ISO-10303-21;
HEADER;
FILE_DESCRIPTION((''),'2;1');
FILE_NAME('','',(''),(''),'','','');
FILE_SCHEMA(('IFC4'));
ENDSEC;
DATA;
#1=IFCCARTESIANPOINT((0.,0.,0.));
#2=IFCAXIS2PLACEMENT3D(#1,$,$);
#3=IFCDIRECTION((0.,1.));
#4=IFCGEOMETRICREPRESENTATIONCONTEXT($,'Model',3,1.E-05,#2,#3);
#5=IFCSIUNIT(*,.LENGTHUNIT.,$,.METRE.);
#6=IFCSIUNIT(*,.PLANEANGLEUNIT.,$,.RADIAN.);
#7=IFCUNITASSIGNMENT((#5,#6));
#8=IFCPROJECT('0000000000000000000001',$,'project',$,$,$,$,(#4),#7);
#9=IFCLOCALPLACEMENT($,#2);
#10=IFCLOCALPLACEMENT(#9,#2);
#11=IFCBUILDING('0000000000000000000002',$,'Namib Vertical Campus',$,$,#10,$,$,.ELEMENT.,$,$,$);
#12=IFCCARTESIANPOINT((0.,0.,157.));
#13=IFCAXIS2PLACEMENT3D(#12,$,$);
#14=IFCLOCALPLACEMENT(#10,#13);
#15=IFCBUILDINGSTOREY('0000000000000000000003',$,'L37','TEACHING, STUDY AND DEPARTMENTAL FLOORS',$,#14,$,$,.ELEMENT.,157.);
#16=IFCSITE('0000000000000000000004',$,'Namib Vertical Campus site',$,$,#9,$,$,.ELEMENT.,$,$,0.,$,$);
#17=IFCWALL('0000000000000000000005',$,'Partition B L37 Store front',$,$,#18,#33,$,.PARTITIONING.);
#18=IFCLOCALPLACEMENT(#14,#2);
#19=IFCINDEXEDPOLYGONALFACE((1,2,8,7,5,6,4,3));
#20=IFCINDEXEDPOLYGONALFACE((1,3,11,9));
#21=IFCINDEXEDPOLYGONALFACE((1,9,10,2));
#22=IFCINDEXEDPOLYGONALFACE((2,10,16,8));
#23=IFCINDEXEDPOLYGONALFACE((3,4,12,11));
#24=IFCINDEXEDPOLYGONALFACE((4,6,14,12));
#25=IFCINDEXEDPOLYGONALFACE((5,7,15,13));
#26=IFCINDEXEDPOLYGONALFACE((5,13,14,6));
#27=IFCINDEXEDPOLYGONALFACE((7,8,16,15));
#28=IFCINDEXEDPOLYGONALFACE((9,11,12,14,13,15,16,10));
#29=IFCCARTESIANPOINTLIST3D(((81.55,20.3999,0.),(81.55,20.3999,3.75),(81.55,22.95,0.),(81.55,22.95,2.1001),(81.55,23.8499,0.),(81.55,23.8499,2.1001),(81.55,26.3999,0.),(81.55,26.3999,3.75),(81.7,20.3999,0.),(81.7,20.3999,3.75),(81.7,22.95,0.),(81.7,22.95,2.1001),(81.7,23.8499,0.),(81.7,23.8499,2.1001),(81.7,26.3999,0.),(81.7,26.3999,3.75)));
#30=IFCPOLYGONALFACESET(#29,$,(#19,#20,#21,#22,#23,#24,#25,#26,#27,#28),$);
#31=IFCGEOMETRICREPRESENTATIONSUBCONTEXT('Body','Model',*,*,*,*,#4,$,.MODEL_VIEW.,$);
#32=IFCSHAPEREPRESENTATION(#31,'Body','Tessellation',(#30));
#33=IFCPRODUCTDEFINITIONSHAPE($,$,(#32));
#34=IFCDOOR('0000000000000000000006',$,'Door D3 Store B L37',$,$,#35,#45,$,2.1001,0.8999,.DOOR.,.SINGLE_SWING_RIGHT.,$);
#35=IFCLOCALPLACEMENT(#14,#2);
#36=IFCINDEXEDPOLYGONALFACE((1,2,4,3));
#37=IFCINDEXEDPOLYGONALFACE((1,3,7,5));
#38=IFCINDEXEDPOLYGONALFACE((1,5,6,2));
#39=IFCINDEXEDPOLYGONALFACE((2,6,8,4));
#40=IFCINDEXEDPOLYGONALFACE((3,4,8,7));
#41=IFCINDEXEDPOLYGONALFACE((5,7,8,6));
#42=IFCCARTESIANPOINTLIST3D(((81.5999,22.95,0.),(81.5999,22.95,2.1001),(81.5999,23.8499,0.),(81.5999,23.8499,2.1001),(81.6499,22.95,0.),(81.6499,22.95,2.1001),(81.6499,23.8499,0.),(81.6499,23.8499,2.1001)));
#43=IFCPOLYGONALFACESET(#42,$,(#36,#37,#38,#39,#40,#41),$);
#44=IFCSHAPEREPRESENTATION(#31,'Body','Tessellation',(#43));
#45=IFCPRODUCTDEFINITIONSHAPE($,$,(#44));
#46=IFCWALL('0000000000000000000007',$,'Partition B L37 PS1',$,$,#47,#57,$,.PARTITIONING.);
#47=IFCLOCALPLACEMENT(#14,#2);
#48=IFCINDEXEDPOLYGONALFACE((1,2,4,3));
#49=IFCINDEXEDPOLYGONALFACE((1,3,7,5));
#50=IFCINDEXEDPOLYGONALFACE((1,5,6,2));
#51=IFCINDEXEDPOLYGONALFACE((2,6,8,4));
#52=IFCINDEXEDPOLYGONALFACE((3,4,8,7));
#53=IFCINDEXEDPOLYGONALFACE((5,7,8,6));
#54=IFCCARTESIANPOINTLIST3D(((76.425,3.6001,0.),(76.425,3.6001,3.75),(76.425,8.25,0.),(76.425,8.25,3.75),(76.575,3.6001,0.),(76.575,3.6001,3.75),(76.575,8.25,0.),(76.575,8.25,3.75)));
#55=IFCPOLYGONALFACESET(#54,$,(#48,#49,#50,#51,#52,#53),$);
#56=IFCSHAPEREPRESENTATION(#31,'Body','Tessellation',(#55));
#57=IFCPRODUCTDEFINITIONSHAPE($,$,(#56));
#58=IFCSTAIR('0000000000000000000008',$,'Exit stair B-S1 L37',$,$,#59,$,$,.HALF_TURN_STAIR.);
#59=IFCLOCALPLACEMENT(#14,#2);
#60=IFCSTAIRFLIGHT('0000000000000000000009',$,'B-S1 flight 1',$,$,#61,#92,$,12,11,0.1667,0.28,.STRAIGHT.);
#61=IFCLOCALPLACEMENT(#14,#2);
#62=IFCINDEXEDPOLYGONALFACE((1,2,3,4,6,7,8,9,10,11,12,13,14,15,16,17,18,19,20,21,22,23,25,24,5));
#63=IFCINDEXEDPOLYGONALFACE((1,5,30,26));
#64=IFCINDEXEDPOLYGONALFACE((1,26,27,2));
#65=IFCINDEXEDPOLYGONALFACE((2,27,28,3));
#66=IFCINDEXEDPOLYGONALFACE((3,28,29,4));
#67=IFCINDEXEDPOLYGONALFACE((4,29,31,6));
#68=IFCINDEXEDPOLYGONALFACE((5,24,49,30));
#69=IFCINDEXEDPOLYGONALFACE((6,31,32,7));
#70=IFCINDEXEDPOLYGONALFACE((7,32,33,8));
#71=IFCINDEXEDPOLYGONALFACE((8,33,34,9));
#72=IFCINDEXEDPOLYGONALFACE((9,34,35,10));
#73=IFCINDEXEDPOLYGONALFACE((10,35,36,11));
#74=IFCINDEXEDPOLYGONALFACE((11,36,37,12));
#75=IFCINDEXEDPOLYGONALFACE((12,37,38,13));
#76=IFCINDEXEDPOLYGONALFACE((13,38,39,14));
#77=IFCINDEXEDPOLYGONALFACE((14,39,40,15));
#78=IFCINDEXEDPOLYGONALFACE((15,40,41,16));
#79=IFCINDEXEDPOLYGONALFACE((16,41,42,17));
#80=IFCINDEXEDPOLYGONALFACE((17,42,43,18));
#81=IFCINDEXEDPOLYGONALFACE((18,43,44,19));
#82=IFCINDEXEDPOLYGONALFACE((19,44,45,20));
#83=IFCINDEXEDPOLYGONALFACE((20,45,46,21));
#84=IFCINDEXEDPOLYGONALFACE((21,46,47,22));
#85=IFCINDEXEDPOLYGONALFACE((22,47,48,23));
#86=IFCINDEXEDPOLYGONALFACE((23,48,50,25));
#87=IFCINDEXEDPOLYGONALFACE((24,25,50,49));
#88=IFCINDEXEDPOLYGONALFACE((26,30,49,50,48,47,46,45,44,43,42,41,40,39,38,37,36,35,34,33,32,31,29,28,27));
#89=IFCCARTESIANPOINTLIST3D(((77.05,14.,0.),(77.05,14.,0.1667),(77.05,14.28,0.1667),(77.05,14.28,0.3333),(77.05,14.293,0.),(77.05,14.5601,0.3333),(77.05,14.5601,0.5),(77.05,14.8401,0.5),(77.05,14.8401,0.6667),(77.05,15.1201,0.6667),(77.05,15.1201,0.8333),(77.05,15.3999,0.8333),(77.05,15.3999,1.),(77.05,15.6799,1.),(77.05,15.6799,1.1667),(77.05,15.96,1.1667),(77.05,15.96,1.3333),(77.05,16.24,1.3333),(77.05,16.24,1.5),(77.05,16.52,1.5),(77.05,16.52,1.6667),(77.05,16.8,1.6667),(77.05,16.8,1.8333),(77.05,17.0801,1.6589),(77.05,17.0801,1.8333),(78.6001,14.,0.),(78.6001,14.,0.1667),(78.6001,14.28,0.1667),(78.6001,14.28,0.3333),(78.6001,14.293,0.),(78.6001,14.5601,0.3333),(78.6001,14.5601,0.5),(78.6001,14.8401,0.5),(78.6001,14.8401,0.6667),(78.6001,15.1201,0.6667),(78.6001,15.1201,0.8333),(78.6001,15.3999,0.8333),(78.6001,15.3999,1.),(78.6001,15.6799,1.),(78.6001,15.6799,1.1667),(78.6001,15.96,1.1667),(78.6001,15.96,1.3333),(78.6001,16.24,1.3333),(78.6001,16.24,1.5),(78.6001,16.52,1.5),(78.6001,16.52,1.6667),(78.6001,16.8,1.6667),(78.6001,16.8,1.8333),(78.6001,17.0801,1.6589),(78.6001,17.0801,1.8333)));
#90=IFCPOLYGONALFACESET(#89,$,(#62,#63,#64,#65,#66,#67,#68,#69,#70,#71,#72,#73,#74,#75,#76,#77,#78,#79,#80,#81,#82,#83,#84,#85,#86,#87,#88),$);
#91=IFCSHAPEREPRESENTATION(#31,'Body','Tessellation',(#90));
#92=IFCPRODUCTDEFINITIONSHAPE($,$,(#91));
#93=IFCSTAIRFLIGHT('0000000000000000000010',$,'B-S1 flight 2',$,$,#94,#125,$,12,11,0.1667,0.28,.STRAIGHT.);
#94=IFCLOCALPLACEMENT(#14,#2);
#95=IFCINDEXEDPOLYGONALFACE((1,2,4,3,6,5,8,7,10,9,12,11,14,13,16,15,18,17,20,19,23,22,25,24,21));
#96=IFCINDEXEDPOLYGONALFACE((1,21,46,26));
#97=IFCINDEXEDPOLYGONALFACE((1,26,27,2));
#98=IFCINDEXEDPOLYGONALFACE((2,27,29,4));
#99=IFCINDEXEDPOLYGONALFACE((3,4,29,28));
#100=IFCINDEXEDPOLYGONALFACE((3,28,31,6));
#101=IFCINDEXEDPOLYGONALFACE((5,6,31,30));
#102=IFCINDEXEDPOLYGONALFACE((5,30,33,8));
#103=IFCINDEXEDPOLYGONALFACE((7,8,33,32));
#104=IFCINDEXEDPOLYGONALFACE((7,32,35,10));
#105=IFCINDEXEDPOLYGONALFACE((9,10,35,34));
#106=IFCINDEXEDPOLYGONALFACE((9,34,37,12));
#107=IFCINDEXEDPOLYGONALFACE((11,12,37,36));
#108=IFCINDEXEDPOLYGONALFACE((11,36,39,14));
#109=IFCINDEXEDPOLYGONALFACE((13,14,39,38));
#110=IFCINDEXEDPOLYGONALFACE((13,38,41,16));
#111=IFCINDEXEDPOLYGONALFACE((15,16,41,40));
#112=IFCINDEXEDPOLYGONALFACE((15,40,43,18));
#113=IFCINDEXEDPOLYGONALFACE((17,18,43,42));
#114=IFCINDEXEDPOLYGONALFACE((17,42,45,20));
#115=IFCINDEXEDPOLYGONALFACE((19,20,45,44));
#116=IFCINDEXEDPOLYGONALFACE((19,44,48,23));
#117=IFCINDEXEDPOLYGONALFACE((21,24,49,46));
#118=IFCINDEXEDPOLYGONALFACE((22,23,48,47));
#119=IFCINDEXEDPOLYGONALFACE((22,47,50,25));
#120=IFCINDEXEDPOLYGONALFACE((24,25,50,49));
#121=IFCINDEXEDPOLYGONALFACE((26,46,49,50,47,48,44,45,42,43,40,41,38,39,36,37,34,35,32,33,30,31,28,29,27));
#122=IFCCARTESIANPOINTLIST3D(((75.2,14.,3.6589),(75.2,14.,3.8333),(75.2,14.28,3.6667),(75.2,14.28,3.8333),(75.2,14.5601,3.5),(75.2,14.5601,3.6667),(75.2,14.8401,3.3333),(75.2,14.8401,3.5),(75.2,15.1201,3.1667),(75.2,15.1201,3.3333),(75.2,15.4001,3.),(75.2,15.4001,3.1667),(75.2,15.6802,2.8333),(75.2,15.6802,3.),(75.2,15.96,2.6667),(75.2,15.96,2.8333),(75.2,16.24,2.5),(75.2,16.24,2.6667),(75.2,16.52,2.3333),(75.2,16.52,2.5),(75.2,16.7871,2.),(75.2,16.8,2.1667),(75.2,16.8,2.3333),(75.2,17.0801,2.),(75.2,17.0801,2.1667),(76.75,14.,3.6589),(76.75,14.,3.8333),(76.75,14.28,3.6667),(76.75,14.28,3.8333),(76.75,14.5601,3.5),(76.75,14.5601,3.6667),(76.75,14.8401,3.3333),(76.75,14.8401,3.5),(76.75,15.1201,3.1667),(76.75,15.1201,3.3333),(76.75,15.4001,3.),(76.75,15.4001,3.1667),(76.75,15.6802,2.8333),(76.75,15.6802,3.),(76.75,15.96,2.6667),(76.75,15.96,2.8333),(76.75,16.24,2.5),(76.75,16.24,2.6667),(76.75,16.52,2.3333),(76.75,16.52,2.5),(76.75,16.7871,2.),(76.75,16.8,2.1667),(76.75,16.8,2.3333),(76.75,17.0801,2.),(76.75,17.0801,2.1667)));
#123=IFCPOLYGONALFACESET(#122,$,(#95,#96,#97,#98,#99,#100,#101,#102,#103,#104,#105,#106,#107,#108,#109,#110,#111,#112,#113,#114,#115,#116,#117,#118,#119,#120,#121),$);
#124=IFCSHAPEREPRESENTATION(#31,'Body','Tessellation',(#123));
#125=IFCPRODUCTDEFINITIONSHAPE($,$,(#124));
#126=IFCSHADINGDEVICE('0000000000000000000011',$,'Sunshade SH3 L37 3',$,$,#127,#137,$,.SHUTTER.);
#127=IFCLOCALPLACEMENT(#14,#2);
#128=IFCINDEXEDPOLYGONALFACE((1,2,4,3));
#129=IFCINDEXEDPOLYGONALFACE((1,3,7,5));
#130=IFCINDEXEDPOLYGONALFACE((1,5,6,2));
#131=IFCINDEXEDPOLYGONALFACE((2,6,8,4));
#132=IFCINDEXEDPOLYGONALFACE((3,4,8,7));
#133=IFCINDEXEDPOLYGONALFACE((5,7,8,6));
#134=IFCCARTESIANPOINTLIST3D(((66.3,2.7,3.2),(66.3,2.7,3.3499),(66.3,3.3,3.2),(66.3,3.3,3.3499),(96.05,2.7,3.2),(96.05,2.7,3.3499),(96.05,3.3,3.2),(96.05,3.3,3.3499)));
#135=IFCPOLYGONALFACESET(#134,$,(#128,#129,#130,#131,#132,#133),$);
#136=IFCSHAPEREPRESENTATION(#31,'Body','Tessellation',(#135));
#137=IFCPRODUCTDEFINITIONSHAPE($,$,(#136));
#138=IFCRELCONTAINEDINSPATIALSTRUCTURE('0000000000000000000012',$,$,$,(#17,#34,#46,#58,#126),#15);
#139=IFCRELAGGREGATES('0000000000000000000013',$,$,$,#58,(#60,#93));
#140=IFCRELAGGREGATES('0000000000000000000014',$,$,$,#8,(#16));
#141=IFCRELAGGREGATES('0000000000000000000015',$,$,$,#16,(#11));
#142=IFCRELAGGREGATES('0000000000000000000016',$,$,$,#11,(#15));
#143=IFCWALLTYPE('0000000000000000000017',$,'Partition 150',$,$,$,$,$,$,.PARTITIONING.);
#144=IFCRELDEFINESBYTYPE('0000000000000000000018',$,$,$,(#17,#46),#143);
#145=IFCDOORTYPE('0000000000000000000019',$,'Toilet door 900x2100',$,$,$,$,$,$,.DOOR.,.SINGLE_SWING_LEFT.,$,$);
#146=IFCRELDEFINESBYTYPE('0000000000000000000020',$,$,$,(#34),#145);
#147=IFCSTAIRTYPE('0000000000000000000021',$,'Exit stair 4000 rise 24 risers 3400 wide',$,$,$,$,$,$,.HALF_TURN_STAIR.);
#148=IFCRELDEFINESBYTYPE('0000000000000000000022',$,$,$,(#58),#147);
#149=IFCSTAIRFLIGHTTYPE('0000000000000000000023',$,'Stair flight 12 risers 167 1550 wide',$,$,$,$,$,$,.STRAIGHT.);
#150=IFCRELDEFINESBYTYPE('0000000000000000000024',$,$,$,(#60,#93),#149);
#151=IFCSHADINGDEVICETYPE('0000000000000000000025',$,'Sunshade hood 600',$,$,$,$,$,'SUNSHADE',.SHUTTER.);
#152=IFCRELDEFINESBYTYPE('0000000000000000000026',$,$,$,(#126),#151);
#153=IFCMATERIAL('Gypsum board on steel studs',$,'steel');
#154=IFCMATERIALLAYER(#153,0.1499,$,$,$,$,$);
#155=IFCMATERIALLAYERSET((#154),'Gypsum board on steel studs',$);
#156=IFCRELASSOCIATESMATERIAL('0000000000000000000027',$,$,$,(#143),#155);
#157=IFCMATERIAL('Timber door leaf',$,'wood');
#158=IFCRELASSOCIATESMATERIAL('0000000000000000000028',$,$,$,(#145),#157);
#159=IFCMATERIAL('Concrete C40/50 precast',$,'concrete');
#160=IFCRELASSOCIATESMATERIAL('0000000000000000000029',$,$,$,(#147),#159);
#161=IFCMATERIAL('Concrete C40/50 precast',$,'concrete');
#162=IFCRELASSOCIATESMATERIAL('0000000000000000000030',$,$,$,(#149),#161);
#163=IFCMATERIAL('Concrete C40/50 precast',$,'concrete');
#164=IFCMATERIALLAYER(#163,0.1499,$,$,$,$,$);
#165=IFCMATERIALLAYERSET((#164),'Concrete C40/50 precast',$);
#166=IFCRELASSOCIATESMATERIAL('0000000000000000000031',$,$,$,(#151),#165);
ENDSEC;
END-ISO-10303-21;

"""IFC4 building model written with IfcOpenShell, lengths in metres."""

from ifc_helpers import new_model, si_unit, direction, frame, frame_2d, origin, origin_2d, place, context, subcontext, project, spatial, polyline, rectangle, outline, extrude, material, layer, layer_set, type_object, element, fill, aggregate, save


model = new_model("IFC4")

# Units and contexts
model_context = context("Model", 3, precision=1e-05, world=origin(), true_north=direction((0.0, 1.0)))
body_context = subcontext(model_context, "Body", "Model", "MODEL_VIEW")
ifc_project = project(units=[si_unit("LENGTHUNIT", "METRE"), si_unit("PLANEANGLEUNIT", "RADIAN")], contexts=[model_context])

# Site, building, storey
site_placement = place(None, origin())
site = spatial("IfcSite", under=ifc_project, at=site_placement, Name="Namib Vertical Campus site", CompositionType="ELEMENT", RefElevation=0.0)
building_placement = place(site_placement, origin())
building = spatial("IfcBuilding", under=site, at=building_placement, Name="Namib Vertical Campus", CompositionType="ELEMENT")
storey_placement = place(building_placement, frame((0.0, 0.0, 157.0)))
storey = spatial("IfcBuildingStorey", under=building, at=storey_placement, Name="L37", Description="TEACHING, STUDY AND DEPARTMENTAL FLOORS", CompositionType="ELEMENT", Elevation=157.0)

# Wall, opening, door
ifc_material_1 = material(Name="Gypsum board on steel studs", Category="steel")
ifc_layer_1 = layer(ifc_material_1, 0.1499)
ifc_layer_set_1 = layer_set([ifc_layer_1], Name="Gypsum board on steel studs")
wall_type_1 = type_object("IfcWallType", Name="Partition 150", PredefinedType="PARTITIONING", material=ifc_layer_set_1)
wall_1_placement = place(storey_placement, frame((81.625, 20.3999, 0.0), z_axis=(0.0, 0.0, 1.0), x_axis=(0.0, 1.0, 0.0)))
wall_1 = element("IfcWall", 1, at=wall_1_placement, inside=storey, type_object=wall_type_1, Name="Partition B L37 Store front", PredefinedType="PARTITIONING", context=body_context, shape_type="SweptSolid", body=[
    extrude(rectangle(XDim=6.0, YDim=0.1499, at=frame_2d((3.0, 0.0))), origin(), (0.0, 0.0, 1.0), 3.75),
])
opening_1_placement = place(wall_1_placement, frame((2.55, 0.0, 0.0)))
opening_1 = element("IfcOpeningElement", 2, at=opening_1_placement, cuts=wall_1, PredefinedType="OPENING", context=body_context, shape_type="SweptSolid", body=[
    extrude(rectangle(XDim=0.8999, YDim=2.1001, at=frame_2d((0.45, 1.05))), frame((0.0, 0.085, 0.0), z_axis=(0.0, -1.0, 0.0), x_axis=(1.0, 0.0, 0.0)), (0.0, 0.0, 1.0), 0.1699),
])
ifc_material_2 = material(Name="Timber door leaf", Category="wood")
door_type_1 = type_object("IfcDoorType", Name="Toilet door 900x2100", OperationType="SINGLE_SWING_LEFT", PredefinedType="DOOR", material=ifc_material_2)
door_1_placement = place(opening_1_placement, frame((0.8999, 0.0, 0.0), z_axis=(0.0, 0.0, 1.0), x_axis=(-1.0, 0.0, 0.0)))
door_1 = element("IfcDoor", 3, at=door_1_placement, inside=storey, type_object=door_type_1, Name="Door D3 Store B L37", OperationType="SINGLE_SWING_RIGHT", OverallHeight=2.1001, OverallWidth=0.8999, PredefinedType="DOOR", context=body_context, shape_type="SweptSolid", body=[
    extrude(rectangle(XDim=0.8999, YDim=2.1001, at=frame_2d((0.45, 1.05))), frame((0.0, 0.0249, 0.0), z_axis=(0.0, -1.0, 0.0), x_axis=(1.0, 0.0, 0.0)), (0.0, 0.0, 1.0), 0.05),
])
fill(opening_1, door_1)

# Wall
wall_2_placement = place(storey_placement, frame((76.5, 3.6001, 0.0), z_axis=(0.0, 0.0, 1.0), x_axis=(0.0, 1.0, 0.0)))
element("IfcWall", 4, at=wall_2_placement, inside=storey, type_object=wall_type_1, Name="Partition B L37 PS1", PredefinedType="PARTITIONING", context=body_context, shape_type="SweptSolid", body=[
    extrude(rectangle(XDim=4.6499, YDim=0.1499, at=frame_2d((2.325, 0.0))), origin(), (0.0, 0.0, 1.0), 3.75),
])

# Stair, stair flights
ifc_material_3 = material(Name="Concrete C40/50 precast", Category="concrete")
stair_type = type_object("IfcStairType", Name="Exit stair 4000 rise 24 risers 3400 wide", PredefinedType="HALF_TURN_STAIR", material=ifc_material_3)
stair_placement = place(storey_placement, origin())
stair = element("IfcStair", 5, at=stair_placement, inside=storey, type_object=stair_type, Name="Exit stair B-S1 L37", PredefinedType="HALF_TURN_STAIR")
ifc_material_4 = material(Name="Concrete C40/50 precast", Category="concrete")
stair_flight_type = type_object("IfcStairFlightType", Name="Stair flight 12 risers 167 1550 wide", PredefinedType="STRAIGHT", material=ifc_material_4)
stair_flight_1_placement = place(storey_placement, frame((77.825, 14.0, 0.0), z_axis=(0.0, 0.0, 1.0), x_axis=(0.0, 1.0, 0.0)))
stair_flight_1 = element("IfcStairFlight", 6, at=stair_flight_1_placement, type_object=stair_flight_type, Name="B-S1 flight 1", NumberOfRisers=12, NumberOfTreads=11, PredefinedType="STRAIGHT", RiserHeight=0.1667, TreadLength=0.28, context=body_context, shape_type="SweptSolid", body=[
    extrude(outline(polyline([(0.0, 0.0), (0.0, 0.1667), (0.28, 0.1667), (0.28, 0.3333), (0.5601, 0.3333), (0.5601, 0.5), (0.8401, 0.5), (0.8401, 0.6667), (1.1201, 0.6667), (1.1201, 0.8333), (1.3999, 0.8333), (1.3999, 1.0), (1.6799, 1.0), (1.6799, 1.1667), (1.96, 1.1667), (1.96, 1.3333), (2.24, 1.3333), (2.24, 1.5), (2.52, 1.5), (2.52, 1.6667), (2.8, 1.6667), (2.8, 1.8333), (3.0801, 1.8333), (3.0801, 2.0), (3.0801, 1.6589), (0.293, 0.0), (0.0, 0.0)])), frame((0.0, 0.7749, 0.0), z_axis=(0.0, -1.0, 0.0), x_axis=(1.0, 0.0, 0.0)), (0.0, 0.0, 1.0), 1.55),
])
stair_flight_2_placement = place(storey_placement, frame((75.9751, 17.0801, 2.0), z_axis=(0.0, 0.0, 1.0), x_axis=(0.0, -1.0, 0.0)))
stair_flight_2 = element("IfcStairFlight", 7, at=stair_flight_2_placement, type_object=stair_flight_type, Name="B-S1 flight 2", NumberOfRisers=12, NumberOfTreads=11, PredefinedType="STRAIGHT", RiserHeight=0.1667, TreadLength=0.28, context=body_context, shape_type="SweptSolid", body=[
    extrude(outline(polyline([(0.0, 0.0), (0.0, 0.1667), (0.28, 0.1667), (0.28, 0.3333), (0.5601, 0.3333), (0.5601, 0.5), (0.8401, 0.5), (0.8401, 0.6667), (1.1201, 0.6667), (1.1201, 0.8333), (1.3999, 0.8333), (1.3999, 1.0), (1.6799, 1.0), (1.6799, 1.1667), (1.96, 1.1667), (1.96, 1.3333), (2.24, 1.3333), (2.24, 1.5), (2.52, 1.5), (2.52, 1.6667), (2.8, 1.6667), (2.8, 1.8333), (3.0801, 1.8333), (3.0801, 2.0), (3.0801, 1.6589), (0.293, 0.0), (0.0, 0.0)])), frame((0.0, 0.7749, 0.0), z_axis=(0.0, -1.0, 0.0), x_axis=(1.0, 0.0, 0.0)), (0.0, 0.0, 1.0), 1.55),
])
aggregate(stair, [stair_flight_1, stair_flight_2])

# Shading device
ifc_material_5 = material(Name="Concrete C40/50 precast", Category="concrete")
ifc_layer_2 = layer(ifc_material_5, 0.1499)
ifc_layer_set_2 = layer_set([ifc_layer_2], Name="Concrete C40/50 precast")
shading_device_type = type_object("IfcShadingDeviceType", Name="Sunshade hood 600", ElementType="SUNSHADE", PredefinedType="SHUTTER", material=ifc_layer_set_2)
shading_device_placement = place(storey_placement, frame((81.175, 3.0, 3.2), z_axis=(0.0, 0.0, 1.0), x_axis=(1.0, 0.0, 0.0)))
element("IfcShadingDevice", 8, at=shading_device_placement, inside=storey, type_object=shading_device_type, Name="Sunshade SH3 L37 3", PredefinedType="SHUTTER", context=body_context, shape_type="SweptSolid", body=[
    extrude(rectangle(XDim=29.75, YDim=0.6001, at=origin_2d()), origin(), (0.0, 0.0, 1.0), 0.1499),
])

save(model, "model.ifc")
